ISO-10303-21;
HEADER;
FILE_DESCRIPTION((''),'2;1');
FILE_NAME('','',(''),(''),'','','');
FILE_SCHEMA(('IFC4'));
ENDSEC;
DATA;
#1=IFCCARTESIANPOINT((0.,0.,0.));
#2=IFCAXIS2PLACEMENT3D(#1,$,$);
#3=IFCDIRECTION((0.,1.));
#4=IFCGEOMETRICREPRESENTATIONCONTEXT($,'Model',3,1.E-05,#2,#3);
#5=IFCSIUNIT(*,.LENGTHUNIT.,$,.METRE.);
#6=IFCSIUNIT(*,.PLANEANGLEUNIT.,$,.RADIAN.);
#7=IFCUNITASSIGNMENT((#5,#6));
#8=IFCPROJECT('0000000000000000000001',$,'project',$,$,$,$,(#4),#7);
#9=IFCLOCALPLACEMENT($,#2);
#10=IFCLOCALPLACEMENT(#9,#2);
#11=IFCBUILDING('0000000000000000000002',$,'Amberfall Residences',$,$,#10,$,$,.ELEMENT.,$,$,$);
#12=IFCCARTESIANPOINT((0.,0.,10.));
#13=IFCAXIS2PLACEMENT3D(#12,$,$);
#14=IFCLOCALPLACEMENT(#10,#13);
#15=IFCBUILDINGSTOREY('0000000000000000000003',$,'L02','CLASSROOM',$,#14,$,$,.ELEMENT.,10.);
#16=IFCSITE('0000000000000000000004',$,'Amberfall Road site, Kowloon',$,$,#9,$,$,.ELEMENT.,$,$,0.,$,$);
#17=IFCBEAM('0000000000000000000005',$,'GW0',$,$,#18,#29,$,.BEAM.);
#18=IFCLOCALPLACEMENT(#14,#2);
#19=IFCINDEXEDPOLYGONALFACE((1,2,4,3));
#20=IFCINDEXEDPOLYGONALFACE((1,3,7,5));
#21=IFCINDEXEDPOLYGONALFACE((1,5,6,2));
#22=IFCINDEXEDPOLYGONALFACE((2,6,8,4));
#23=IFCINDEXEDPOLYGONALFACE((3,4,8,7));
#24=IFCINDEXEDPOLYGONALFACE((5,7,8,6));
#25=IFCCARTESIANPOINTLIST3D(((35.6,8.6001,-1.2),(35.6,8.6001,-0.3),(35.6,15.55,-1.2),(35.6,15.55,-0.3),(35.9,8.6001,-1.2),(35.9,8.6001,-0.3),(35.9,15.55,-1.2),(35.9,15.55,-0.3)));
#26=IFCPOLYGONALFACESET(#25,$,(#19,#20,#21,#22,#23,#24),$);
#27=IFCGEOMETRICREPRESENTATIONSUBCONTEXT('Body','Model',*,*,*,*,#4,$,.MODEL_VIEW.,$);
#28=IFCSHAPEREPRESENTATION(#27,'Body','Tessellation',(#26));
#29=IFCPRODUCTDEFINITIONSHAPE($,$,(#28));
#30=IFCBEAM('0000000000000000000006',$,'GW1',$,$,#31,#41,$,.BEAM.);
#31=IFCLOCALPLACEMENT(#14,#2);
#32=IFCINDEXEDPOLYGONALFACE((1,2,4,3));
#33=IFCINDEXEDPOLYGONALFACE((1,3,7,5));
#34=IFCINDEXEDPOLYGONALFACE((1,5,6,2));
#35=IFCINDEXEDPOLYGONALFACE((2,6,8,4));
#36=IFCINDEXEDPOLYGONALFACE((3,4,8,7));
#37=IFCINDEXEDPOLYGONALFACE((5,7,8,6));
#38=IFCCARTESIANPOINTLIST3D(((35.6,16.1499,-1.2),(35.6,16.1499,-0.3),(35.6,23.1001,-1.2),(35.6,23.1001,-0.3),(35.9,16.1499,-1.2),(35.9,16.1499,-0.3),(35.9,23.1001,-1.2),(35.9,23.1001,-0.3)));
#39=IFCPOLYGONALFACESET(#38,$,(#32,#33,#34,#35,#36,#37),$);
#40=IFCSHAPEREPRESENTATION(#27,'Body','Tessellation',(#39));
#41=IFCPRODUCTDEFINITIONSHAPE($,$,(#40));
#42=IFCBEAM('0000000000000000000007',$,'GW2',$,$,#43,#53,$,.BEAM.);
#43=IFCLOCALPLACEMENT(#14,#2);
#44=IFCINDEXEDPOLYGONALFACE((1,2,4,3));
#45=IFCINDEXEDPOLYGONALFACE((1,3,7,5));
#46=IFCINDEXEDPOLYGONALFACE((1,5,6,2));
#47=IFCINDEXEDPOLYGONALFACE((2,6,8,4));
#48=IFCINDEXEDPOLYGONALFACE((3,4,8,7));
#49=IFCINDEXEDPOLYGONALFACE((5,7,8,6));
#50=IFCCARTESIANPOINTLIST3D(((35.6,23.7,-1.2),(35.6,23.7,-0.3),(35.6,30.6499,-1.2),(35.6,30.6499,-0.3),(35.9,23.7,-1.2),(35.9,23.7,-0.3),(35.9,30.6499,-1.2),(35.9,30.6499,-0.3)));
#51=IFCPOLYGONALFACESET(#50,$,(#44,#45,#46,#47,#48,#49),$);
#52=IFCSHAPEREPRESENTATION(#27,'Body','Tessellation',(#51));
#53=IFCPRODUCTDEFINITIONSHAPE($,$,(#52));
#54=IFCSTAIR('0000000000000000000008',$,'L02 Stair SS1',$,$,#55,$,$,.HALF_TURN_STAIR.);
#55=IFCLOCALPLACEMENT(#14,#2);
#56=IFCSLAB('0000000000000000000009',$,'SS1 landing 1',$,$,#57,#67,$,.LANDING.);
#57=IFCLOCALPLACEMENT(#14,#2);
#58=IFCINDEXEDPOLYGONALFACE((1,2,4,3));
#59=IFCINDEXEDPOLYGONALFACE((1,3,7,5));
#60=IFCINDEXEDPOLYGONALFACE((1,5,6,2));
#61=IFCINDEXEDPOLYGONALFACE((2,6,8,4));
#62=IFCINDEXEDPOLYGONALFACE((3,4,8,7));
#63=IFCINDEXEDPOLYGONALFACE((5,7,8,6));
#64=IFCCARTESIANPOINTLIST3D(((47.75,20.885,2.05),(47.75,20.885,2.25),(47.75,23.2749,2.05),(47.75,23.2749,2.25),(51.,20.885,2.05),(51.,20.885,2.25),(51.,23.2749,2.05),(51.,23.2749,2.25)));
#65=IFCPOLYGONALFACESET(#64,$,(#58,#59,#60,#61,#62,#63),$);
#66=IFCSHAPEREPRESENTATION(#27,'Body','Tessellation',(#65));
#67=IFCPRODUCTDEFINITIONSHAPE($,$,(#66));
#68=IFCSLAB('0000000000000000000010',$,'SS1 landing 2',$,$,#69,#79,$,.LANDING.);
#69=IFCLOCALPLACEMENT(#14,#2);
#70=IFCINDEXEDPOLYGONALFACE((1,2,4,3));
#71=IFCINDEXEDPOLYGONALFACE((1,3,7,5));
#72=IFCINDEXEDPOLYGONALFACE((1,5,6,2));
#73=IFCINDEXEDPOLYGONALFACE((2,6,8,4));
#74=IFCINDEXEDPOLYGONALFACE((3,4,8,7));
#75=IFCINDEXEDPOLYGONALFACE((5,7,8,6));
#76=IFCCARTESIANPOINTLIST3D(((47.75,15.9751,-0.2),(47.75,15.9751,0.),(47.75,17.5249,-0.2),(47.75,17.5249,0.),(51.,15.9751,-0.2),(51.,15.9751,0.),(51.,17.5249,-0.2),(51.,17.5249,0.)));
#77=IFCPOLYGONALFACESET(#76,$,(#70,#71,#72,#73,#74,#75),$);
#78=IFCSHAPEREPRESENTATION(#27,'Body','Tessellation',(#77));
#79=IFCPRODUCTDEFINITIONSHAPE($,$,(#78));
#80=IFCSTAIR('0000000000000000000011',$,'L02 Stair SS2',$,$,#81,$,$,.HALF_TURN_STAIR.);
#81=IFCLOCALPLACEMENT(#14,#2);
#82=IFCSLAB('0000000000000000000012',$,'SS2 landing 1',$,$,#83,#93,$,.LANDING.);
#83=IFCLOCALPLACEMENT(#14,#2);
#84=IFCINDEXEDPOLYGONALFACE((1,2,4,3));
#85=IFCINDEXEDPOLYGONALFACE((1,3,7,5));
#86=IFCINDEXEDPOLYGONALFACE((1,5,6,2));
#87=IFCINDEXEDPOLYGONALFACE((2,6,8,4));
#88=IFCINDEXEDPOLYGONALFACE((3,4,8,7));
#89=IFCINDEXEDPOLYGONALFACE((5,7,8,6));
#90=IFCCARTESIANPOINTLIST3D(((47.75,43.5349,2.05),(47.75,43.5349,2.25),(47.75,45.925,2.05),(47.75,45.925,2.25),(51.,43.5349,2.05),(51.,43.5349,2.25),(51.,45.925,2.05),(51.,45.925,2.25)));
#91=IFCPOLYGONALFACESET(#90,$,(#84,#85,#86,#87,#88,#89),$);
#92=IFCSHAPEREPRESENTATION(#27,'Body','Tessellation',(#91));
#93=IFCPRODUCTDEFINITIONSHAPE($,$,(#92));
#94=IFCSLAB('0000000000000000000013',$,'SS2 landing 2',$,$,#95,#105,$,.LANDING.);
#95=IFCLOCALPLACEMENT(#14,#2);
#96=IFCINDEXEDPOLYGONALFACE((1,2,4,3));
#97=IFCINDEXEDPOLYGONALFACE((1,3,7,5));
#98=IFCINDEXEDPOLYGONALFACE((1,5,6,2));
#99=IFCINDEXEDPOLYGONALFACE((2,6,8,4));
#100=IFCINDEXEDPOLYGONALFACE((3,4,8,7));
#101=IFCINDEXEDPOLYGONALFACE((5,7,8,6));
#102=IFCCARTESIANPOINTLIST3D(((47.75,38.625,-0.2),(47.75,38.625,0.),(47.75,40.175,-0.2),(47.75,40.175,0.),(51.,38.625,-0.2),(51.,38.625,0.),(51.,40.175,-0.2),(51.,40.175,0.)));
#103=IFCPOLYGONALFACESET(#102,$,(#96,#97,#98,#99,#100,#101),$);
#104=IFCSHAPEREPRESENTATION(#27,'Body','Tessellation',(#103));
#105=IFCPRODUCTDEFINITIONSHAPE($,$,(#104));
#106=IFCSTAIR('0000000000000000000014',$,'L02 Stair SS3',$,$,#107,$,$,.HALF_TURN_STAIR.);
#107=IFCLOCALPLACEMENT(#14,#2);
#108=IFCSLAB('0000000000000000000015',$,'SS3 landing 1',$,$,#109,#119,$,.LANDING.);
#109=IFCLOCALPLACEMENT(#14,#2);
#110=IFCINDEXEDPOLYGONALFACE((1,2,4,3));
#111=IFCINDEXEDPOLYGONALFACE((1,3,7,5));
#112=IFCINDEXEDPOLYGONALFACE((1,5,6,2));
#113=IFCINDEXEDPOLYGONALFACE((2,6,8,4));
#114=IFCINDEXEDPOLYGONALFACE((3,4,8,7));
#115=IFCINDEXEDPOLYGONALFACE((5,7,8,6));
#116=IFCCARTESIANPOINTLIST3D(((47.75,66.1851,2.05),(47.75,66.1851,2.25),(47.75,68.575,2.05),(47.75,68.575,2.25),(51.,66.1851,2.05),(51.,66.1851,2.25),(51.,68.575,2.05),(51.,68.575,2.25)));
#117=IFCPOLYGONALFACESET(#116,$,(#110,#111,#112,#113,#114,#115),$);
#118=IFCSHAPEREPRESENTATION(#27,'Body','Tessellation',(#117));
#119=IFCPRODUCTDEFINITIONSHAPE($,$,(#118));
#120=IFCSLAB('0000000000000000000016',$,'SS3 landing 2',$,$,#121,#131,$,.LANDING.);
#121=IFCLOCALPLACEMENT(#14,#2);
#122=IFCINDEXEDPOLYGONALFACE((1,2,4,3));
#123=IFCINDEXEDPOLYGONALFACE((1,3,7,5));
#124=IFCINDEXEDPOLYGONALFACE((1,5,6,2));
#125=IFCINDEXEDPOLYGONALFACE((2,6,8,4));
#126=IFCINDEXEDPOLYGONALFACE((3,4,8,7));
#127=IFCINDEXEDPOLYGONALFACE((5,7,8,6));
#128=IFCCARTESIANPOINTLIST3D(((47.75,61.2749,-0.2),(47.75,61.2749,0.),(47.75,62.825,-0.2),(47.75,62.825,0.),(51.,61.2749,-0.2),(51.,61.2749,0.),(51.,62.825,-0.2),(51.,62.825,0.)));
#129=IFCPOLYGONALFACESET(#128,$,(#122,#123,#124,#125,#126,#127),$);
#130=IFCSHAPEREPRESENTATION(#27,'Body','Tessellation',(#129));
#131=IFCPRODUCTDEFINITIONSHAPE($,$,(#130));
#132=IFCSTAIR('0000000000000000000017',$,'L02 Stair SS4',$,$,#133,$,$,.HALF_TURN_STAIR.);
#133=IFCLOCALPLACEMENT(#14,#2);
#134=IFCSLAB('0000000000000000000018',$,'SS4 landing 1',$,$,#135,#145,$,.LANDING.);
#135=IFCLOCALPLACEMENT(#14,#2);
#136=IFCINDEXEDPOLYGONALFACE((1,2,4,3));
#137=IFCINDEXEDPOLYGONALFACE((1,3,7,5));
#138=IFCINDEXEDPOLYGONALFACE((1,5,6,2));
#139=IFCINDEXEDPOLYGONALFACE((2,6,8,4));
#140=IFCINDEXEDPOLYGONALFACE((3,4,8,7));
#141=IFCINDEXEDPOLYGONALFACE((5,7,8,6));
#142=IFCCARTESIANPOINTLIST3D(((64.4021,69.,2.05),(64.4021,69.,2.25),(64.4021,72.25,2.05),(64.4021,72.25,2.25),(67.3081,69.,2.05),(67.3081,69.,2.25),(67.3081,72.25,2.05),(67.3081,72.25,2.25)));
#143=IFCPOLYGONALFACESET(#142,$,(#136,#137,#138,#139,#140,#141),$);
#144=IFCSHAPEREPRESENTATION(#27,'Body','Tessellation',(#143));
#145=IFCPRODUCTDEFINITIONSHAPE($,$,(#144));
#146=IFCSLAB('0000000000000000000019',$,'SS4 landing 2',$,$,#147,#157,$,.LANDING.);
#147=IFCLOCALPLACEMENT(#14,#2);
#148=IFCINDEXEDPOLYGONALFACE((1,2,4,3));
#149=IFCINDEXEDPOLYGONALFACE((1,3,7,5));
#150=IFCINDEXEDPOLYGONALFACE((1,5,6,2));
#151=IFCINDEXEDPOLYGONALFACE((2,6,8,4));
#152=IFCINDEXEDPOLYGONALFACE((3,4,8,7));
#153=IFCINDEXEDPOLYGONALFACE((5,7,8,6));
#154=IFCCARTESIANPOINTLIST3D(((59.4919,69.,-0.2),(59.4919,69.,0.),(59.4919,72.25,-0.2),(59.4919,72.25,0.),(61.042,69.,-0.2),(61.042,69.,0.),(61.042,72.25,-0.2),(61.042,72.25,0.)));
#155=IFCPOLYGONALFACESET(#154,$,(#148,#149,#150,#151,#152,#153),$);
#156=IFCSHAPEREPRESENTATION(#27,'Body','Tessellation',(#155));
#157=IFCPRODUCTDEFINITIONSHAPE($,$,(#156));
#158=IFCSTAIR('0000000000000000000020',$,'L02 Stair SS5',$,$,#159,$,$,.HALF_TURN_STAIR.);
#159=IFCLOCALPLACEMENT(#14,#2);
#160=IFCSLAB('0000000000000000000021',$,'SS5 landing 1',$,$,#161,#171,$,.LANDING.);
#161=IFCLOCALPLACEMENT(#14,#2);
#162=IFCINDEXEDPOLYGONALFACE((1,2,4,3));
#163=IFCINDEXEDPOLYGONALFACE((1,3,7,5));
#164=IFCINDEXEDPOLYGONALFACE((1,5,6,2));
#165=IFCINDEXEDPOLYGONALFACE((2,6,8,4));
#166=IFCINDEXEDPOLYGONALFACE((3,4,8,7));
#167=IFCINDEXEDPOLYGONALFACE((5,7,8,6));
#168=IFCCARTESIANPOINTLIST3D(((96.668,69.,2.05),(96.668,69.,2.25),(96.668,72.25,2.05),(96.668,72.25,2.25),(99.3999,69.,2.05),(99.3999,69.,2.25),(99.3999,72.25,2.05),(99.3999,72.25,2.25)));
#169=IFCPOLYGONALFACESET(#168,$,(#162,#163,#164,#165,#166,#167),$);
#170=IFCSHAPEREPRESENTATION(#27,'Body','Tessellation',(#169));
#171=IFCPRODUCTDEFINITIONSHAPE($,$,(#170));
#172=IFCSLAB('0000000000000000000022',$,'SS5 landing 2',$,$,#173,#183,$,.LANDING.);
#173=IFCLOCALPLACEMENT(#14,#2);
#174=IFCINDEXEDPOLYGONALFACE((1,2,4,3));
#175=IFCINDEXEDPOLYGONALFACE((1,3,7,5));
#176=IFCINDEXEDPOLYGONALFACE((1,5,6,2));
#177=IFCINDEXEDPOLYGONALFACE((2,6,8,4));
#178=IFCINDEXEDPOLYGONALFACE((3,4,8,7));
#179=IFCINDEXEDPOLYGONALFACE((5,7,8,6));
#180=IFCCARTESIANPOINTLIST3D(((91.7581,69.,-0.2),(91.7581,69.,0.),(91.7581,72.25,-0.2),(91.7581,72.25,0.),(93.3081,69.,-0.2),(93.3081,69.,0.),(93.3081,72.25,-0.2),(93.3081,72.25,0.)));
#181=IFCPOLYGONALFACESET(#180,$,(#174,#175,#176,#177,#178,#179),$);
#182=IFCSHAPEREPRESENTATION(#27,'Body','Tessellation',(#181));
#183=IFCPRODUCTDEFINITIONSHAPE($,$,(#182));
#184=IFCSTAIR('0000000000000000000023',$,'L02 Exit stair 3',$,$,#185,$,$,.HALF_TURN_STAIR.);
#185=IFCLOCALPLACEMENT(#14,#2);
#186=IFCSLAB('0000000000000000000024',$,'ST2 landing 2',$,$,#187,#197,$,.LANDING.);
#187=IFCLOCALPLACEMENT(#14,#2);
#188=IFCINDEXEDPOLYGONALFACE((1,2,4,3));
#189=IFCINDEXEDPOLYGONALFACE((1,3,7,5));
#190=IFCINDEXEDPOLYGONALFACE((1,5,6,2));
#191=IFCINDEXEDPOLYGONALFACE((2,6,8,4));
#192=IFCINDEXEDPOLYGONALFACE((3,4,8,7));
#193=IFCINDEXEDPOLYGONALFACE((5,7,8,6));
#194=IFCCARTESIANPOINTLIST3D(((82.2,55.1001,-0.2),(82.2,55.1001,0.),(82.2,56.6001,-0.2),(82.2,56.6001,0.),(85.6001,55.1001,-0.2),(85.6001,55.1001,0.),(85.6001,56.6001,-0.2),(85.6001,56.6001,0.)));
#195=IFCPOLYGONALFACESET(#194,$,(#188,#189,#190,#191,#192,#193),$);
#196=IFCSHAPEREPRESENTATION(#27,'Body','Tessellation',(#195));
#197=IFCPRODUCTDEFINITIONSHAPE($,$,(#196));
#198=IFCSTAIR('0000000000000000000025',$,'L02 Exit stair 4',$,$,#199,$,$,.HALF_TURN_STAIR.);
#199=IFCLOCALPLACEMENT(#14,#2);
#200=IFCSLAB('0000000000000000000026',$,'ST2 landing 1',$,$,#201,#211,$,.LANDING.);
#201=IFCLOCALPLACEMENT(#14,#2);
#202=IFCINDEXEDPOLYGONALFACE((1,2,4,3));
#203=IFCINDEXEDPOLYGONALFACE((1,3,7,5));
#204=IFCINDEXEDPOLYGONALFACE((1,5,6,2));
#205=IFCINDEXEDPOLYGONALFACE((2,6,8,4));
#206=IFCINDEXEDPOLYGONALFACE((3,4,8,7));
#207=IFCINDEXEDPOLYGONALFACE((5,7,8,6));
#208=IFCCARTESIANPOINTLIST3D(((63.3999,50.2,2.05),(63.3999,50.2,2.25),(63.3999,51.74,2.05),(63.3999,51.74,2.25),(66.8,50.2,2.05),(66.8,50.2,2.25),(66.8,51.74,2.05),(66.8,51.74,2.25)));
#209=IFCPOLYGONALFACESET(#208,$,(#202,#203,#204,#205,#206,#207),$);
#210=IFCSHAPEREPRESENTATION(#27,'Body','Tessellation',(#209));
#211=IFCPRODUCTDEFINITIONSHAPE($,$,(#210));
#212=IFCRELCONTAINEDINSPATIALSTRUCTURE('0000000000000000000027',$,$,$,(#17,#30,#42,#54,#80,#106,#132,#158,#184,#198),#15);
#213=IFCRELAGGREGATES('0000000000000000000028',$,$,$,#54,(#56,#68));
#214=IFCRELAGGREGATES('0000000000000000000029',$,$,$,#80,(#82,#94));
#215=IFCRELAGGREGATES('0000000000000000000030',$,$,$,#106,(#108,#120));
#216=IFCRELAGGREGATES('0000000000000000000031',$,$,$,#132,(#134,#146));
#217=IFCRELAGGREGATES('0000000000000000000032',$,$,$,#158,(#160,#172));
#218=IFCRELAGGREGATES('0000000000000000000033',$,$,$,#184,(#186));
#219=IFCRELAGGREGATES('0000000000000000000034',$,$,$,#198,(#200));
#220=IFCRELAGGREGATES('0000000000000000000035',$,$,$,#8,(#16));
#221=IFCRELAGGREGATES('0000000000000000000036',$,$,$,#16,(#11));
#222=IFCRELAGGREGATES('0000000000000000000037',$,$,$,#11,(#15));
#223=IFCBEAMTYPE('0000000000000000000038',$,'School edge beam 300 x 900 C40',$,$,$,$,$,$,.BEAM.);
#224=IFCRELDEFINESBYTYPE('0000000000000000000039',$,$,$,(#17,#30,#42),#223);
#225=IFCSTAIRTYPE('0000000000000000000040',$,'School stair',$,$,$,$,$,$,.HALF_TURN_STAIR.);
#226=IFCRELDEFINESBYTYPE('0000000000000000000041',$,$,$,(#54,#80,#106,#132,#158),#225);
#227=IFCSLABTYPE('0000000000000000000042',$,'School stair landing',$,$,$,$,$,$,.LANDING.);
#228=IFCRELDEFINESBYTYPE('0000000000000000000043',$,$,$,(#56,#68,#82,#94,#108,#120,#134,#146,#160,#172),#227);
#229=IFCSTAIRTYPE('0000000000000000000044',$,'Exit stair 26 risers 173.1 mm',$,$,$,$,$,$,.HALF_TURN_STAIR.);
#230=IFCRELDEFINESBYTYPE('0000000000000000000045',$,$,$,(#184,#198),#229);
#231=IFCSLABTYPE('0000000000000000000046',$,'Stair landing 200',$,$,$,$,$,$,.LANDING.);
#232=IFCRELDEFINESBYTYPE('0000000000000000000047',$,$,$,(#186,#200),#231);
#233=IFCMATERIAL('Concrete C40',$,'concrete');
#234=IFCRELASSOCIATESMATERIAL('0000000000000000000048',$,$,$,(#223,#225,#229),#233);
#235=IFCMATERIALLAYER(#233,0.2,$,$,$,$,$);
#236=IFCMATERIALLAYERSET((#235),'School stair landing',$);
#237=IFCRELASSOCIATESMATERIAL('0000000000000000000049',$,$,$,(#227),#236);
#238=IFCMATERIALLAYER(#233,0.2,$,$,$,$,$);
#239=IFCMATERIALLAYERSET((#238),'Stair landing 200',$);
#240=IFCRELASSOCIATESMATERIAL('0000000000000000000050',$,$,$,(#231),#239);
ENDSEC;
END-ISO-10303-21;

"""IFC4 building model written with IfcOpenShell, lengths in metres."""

from ifc_helpers import new_model, si_unit, direction, frame, origin, origin_2d, place, context, subcontext, project, spatial, polyline, rectangle, outline, extrude, material, layer, layer_set, material_profile, profile_set, type_object, element, aggregate, save


model = new_model("IFC4")

# Units and contexts
model_context = context("Model", 3, precision=1e-05, world=origin(), true_north=direction((0.0, 1.0)))
body_context = subcontext(model_context, "Body", "Model", "MODEL_VIEW")
ifc_project = project(units=[si_unit("LENGTHUNIT", "METRE"), si_unit("PLANEANGLEUNIT", "RADIAN")], contexts=[model_context])

# Site, building, storey
site_placement = place(None, origin())
site = spatial("IfcSite", under=ifc_project, at=site_placement, Name="Amberfall Road site, Kowloon", CompositionType="ELEMENT", RefElevation=0.0)
building_placement = place(site_placement, origin())
building = spatial("IfcBuilding", under=site, at=building_placement, Name="Amberfall Residences", CompositionType="ELEMENT")
storey_placement = place(building_placement, frame((0.0, 0.0, 10.0)))
storey = spatial("IfcBuildingStorey", under=building, at=storey_placement, Name="L02", Description="CLASSROOM", CompositionType="ELEMENT", Elevation=10.0)

# Beams
ifc_material_1 = material(Name="Concrete C40", Category="concrete")
ifc_material_profile = material_profile(ifc_material_1, rectangle(XDim=0.3, YDim=0.8999, at=origin_2d()), Name="School edge beam 300 x 900 C40")
ifc_profile_set = profile_set([ifc_material_profile], Name="Concrete C40")
beam_type = type_object("IfcBeamType", Name="School edge beam 300 x 900 C40", PredefinedType="BEAM", material=ifc_profile_set)
beam_1_placement = place(storey_placement, frame((35.75, 8.6001, -0.75), z_axis=(0.0, 1.0, 0.0), x_axis=(-1.0, 0.0, 0.0)))
element("IfcBeam", 1, at=beam_1_placement, inside=storey, type_object=beam_type, Name="GW0", PredefinedType="BEAM", context=body_context, shape_type="SweptSolid", body=[
    extrude(rectangle(XDim=0.3, YDim=0.8999, at=origin_2d()), origin(), (0.0, 0.0, 1.0), 6.95),
])
beam_2_placement = place(storey_placement, frame((35.75, 16.1499, -0.75), z_axis=(0.0, 1.0, 0.0), x_axis=(-1.0, 0.0, 0.0)))
element("IfcBeam", 2, at=beam_2_placement, inside=storey, type_object=beam_type, Name="GW1", PredefinedType="BEAM", context=body_context, shape_type="SweptSolid", body=[
    extrude(rectangle(XDim=0.3, YDim=0.8999, at=origin_2d()), origin(), (0.0, 0.0, 1.0), 6.9502),
])
beam_3_placement = place(storey_placement, frame((35.75, 23.7, -0.75), z_axis=(0.0, 1.0, 0.0), x_axis=(-1.0, 0.0, 0.0)))
element("IfcBeam", 3, at=beam_3_placement, inside=storey, type_object=beam_type, Name="GW2", PredefinedType="BEAM", context=body_context, shape_type="SweptSolid", body=[
    extrude(rectangle(XDim=0.3, YDim=0.8999, at=origin_2d()), origin(), (0.0, 0.0, 1.0), 6.95),
])

# Stairs, slabs
stair_type_1 = type_object("IfcStairType", Name="School stair", PredefinedType="HALF_TURN_STAIR", material=ifc_material_1)
stair_1_placement = place(storey_placement, origin())
stair_1 = element("IfcStair", 4, at=stair_1_placement, inside=storey, type_object=stair_type_1, Name="L02 Stair SS1", PredefinedType="HALF_TURN_STAIR")
ifc_layer_1 = layer(ifc_material_1, 0.2)
ifc_layer_set_1 = layer_set([ifc_layer_1], Name="School stair landing")
slab_type_1 = type_object("IfcSlabType", Name="School stair landing", PredefinedType="LANDING", material=ifc_layer_set_1)
slab_1_placement = place(storey_placement, frame((0.0, 0.0, 2.05)))
slab_1 = element("IfcSlab", 5, at=slab_1_placement, type_object=slab_type_1, Name="SS1 landing 1", PredefinedType="LANDING", context=body_context, shape_type="SweptSolid", body=[
    extrude(outline(polyline([(51.0, 20.885), (51.0, 23.2749), (47.75, 23.2749), (47.75, 20.885), (51.0, 20.885)])), origin(), (0.0, 0.0, 1.0), 0.2),
])
slab_2_placement = place(storey_placement, frame((0.0, 0.0, -0.2)))
slab_2 = element("IfcSlab", 6, at=slab_2_placement, type_object=slab_type_1, Name="SS1 landing 2", PredefinedType="LANDING", context=body_context, shape_type="SweptSolid", body=[
    extrude(outline(polyline([(51.0, 15.9751), (51.0, 17.5249), (47.75, 17.5249), (47.75, 15.9751), (51.0, 15.9751)])), origin(), (0.0, 0.0, 1.0), 0.2),
])
aggregate(stair_1, [slab_1, slab_2])
stair_2_placement = place(storey_placement, origin())
stair_2 = element("IfcStair", 7, at=stair_2_placement, inside=storey, type_object=stair_type_1, Name="L02 Stair SS2", PredefinedType="HALF_TURN_STAIR")
slab_3_placement = place(storey_placement, frame((0.0, 0.0, 2.05)))
slab_3 = element("IfcSlab", 8, at=slab_3_placement, type_object=slab_type_1, Name="SS2 landing 1", PredefinedType="LANDING", context=body_context, shape_type="SweptSolid", body=[
    extrude(outline(polyline([(51.0, 43.5349), (51.0, 45.925), (47.75, 45.925), (47.75, 43.5349), (51.0, 43.5349)])), origin(), (0.0, 0.0, 1.0), 0.2),
])
slab_4_placement = place(storey_placement, frame((0.0, 0.0, -0.2)))
slab_4 = element("IfcSlab", 9, at=slab_4_placement, type_object=slab_type_1, Name="SS2 landing 2", PredefinedType="LANDING", context=body_context, shape_type="SweptSolid", body=[
    extrude(outline(polyline([(51.0, 38.625), (51.0, 40.175), (47.75, 40.175), (47.75, 38.625), (51.0, 38.625)])), origin(), (0.0, 0.0, 1.0), 0.2),
])
aggregate(stair_2, [slab_3, slab_4])
stair_3_placement = place(storey_placement, origin())
stair_3 = element("IfcStair", 10, at=stair_3_placement, inside=storey, type_object=stair_type_1, Name="L02 Stair SS3", PredefinedType="HALF_TURN_STAIR")
slab_5_placement = place(storey_placement, frame((0.0, 0.0, 2.05)))
slab_5 = element("IfcSlab", 11, at=slab_5_placement, type_object=slab_type_1, Name="SS3 landing 1", PredefinedType="LANDING", context=body_context, shape_type="SweptSolid", body=[
    extrude(outline(polyline([(51.0, 66.1851), (51.0, 68.575), (47.75, 68.575), (47.75, 66.1851), (51.0, 66.1851)])), origin(), (0.0, 0.0, 1.0), 0.2),
])
slab_6_placement = place(storey_placement, frame((0.0, 0.0, -0.2)))
slab_6 = element("IfcSlab", 12, at=slab_6_placement, type_object=slab_type_1, Name="SS3 landing 2", PredefinedType="LANDING", context=body_context, shape_type="SweptSolid", body=[
    extrude(outline(polyline([(51.0, 61.2749), (51.0, 62.825), (47.75, 62.825), (47.75, 61.2749), (51.0, 61.2749)])), origin(), (0.0, 0.0, 1.0), 0.2),
])
aggregate(stair_3, [slab_5, slab_6])
stair_4_placement = place(storey_placement, origin())
stair_4 = element("IfcStair", 13, at=stair_4_placement, inside=storey, type_object=stair_type_1, Name="L02 Stair SS4", PredefinedType="HALF_TURN_STAIR")
slab_7_placement = place(storey_placement, frame((0.0, 0.0, 2.05)))
slab_7 = element("IfcSlab", 14, at=slab_7_placement, type_object=slab_type_1, Name="SS4 landing 1", PredefinedType="LANDING", context=body_context, shape_type="SweptSolid", body=[
    extrude(outline(polyline([(64.4021, 69.0), (67.3081, 69.0), (67.3081, 72.25), (64.4021, 72.25), (64.4021, 69.0)])), origin(), (0.0, 0.0, 1.0), 0.2),
])
slab_8_placement = place(storey_placement, frame((0.0, 0.0, -0.2)))
slab_8 = element("IfcSlab", 15, at=slab_8_placement, type_object=slab_type_1, Name="SS4 landing 2", PredefinedType="LANDING", context=body_context, shape_type="SweptSolid", body=[
    extrude(outline(polyline([(59.4919, 69.0), (61.042, 69.0), (61.042, 72.25), (59.4919, 72.25), (59.4919, 69.0)])), origin(), (0.0, 0.0, 1.0), 0.2),
])
aggregate(stair_4, [slab_7, slab_8])
stair_5_placement = place(storey_placement, origin())
stair_5 = element("IfcStair", 16, at=stair_5_placement, inside=storey, type_object=stair_type_1, Name="L02 Stair SS5", PredefinedType="HALF_TURN_STAIR")
slab_9_placement = place(storey_placement, frame((0.0, 0.0, 2.05)))
slab_9 = element("IfcSlab", 17, at=slab_9_placement, type_object=slab_type_1, Name="SS5 landing 1", PredefinedType="LANDING", context=body_context, shape_type="SweptSolid", body=[
    extrude(outline(polyline([(96.668, 69.0), (99.3999, 69.0), (99.3999, 72.25), (96.668, 72.25), (96.668, 69.0)])), origin(), (0.0, 0.0, 1.0), 0.2),
])
slab_10_placement = place(storey_placement, frame((0.0, 0.0, -0.2)))
slab_10 = element("IfcSlab", 18, at=slab_10_placement, type_object=slab_type_1, Name="SS5 landing 2", PredefinedType="LANDING", context=body_context, shape_type="SweptSolid", body=[
    extrude(outline(polyline([(91.7581, 69.0), (93.3081, 69.0), (93.3081, 72.25), (91.7581, 72.25), (91.7581, 69.0)])), origin(), (0.0, 0.0, 1.0), 0.2),
])
aggregate(stair_5, [slab_9, slab_10])

# Stair, slab
stair_type_2 = type_object("IfcStairType", Name="Exit stair 26 risers 173.1 mm", PredefinedType="HALF_TURN_STAIR", material=ifc_material_1)
stair_6_placement = place(storey_placement, origin())
stair_6 = element("IfcStair", 19, at=stair_6_placement, inside=storey, type_object=stair_type_2, Name="L02 Exit stair 3", PredefinedType="HALF_TURN_STAIR")
ifc_layer_2 = layer(ifc_material_1, 0.2)
ifc_layer_set_2 = layer_set([ifc_layer_2], Name="Stair landing 200")
slab_type_2 = type_object("IfcSlabType", Name="Stair landing 200", PredefinedType="LANDING", material=ifc_layer_set_2)
slab_11_placement = place(storey_placement, frame((0.0, 0.0, -0.2)))
slab_11 = element("IfcSlab", 20, at=slab_11_placement, type_object=slab_type_2, Name="ST2 landing 2", PredefinedType="LANDING", context=body_context, shape_type="SweptSolid", body=[
    extrude(outline(polyline([(82.2, 56.6001), (82.2, 55.1001), (85.6001, 55.1001), (85.6001, 56.6001), (82.2, 56.6001)])), origin(), (0.0, 0.0, 1.0), 0.2),
])
aggregate(stair_6, [slab_11])

# Stair, slab
stair_7_placement = place(storey_placement, origin())
stair_7 = element("IfcStair", 21, at=stair_7_placement, inside=storey, type_object=stair_type_2, Name="L02 Exit stair 4", PredefinedType="HALF_TURN_STAIR")
slab_12_placement = place(storey_placement, frame((0.0, 0.0, 2.05)))
slab_12 = element("IfcSlab", 22, at=slab_12_placement, type_object=slab_type_2, Name="ST2 landing 1", PredefinedType="LANDING", context=body_context, shape_type="SweptSolid", body=[
    extrude(outline(polyline([(63.3999, 51.74), (63.3999, 50.2), (66.8, 50.2), (66.8, 51.74), (63.3999, 51.74)])), origin(), (0.0, 0.0, 1.0), 0.2),
])
aggregate(stair_7, [slab_12])

save(model, "model.ifc")
